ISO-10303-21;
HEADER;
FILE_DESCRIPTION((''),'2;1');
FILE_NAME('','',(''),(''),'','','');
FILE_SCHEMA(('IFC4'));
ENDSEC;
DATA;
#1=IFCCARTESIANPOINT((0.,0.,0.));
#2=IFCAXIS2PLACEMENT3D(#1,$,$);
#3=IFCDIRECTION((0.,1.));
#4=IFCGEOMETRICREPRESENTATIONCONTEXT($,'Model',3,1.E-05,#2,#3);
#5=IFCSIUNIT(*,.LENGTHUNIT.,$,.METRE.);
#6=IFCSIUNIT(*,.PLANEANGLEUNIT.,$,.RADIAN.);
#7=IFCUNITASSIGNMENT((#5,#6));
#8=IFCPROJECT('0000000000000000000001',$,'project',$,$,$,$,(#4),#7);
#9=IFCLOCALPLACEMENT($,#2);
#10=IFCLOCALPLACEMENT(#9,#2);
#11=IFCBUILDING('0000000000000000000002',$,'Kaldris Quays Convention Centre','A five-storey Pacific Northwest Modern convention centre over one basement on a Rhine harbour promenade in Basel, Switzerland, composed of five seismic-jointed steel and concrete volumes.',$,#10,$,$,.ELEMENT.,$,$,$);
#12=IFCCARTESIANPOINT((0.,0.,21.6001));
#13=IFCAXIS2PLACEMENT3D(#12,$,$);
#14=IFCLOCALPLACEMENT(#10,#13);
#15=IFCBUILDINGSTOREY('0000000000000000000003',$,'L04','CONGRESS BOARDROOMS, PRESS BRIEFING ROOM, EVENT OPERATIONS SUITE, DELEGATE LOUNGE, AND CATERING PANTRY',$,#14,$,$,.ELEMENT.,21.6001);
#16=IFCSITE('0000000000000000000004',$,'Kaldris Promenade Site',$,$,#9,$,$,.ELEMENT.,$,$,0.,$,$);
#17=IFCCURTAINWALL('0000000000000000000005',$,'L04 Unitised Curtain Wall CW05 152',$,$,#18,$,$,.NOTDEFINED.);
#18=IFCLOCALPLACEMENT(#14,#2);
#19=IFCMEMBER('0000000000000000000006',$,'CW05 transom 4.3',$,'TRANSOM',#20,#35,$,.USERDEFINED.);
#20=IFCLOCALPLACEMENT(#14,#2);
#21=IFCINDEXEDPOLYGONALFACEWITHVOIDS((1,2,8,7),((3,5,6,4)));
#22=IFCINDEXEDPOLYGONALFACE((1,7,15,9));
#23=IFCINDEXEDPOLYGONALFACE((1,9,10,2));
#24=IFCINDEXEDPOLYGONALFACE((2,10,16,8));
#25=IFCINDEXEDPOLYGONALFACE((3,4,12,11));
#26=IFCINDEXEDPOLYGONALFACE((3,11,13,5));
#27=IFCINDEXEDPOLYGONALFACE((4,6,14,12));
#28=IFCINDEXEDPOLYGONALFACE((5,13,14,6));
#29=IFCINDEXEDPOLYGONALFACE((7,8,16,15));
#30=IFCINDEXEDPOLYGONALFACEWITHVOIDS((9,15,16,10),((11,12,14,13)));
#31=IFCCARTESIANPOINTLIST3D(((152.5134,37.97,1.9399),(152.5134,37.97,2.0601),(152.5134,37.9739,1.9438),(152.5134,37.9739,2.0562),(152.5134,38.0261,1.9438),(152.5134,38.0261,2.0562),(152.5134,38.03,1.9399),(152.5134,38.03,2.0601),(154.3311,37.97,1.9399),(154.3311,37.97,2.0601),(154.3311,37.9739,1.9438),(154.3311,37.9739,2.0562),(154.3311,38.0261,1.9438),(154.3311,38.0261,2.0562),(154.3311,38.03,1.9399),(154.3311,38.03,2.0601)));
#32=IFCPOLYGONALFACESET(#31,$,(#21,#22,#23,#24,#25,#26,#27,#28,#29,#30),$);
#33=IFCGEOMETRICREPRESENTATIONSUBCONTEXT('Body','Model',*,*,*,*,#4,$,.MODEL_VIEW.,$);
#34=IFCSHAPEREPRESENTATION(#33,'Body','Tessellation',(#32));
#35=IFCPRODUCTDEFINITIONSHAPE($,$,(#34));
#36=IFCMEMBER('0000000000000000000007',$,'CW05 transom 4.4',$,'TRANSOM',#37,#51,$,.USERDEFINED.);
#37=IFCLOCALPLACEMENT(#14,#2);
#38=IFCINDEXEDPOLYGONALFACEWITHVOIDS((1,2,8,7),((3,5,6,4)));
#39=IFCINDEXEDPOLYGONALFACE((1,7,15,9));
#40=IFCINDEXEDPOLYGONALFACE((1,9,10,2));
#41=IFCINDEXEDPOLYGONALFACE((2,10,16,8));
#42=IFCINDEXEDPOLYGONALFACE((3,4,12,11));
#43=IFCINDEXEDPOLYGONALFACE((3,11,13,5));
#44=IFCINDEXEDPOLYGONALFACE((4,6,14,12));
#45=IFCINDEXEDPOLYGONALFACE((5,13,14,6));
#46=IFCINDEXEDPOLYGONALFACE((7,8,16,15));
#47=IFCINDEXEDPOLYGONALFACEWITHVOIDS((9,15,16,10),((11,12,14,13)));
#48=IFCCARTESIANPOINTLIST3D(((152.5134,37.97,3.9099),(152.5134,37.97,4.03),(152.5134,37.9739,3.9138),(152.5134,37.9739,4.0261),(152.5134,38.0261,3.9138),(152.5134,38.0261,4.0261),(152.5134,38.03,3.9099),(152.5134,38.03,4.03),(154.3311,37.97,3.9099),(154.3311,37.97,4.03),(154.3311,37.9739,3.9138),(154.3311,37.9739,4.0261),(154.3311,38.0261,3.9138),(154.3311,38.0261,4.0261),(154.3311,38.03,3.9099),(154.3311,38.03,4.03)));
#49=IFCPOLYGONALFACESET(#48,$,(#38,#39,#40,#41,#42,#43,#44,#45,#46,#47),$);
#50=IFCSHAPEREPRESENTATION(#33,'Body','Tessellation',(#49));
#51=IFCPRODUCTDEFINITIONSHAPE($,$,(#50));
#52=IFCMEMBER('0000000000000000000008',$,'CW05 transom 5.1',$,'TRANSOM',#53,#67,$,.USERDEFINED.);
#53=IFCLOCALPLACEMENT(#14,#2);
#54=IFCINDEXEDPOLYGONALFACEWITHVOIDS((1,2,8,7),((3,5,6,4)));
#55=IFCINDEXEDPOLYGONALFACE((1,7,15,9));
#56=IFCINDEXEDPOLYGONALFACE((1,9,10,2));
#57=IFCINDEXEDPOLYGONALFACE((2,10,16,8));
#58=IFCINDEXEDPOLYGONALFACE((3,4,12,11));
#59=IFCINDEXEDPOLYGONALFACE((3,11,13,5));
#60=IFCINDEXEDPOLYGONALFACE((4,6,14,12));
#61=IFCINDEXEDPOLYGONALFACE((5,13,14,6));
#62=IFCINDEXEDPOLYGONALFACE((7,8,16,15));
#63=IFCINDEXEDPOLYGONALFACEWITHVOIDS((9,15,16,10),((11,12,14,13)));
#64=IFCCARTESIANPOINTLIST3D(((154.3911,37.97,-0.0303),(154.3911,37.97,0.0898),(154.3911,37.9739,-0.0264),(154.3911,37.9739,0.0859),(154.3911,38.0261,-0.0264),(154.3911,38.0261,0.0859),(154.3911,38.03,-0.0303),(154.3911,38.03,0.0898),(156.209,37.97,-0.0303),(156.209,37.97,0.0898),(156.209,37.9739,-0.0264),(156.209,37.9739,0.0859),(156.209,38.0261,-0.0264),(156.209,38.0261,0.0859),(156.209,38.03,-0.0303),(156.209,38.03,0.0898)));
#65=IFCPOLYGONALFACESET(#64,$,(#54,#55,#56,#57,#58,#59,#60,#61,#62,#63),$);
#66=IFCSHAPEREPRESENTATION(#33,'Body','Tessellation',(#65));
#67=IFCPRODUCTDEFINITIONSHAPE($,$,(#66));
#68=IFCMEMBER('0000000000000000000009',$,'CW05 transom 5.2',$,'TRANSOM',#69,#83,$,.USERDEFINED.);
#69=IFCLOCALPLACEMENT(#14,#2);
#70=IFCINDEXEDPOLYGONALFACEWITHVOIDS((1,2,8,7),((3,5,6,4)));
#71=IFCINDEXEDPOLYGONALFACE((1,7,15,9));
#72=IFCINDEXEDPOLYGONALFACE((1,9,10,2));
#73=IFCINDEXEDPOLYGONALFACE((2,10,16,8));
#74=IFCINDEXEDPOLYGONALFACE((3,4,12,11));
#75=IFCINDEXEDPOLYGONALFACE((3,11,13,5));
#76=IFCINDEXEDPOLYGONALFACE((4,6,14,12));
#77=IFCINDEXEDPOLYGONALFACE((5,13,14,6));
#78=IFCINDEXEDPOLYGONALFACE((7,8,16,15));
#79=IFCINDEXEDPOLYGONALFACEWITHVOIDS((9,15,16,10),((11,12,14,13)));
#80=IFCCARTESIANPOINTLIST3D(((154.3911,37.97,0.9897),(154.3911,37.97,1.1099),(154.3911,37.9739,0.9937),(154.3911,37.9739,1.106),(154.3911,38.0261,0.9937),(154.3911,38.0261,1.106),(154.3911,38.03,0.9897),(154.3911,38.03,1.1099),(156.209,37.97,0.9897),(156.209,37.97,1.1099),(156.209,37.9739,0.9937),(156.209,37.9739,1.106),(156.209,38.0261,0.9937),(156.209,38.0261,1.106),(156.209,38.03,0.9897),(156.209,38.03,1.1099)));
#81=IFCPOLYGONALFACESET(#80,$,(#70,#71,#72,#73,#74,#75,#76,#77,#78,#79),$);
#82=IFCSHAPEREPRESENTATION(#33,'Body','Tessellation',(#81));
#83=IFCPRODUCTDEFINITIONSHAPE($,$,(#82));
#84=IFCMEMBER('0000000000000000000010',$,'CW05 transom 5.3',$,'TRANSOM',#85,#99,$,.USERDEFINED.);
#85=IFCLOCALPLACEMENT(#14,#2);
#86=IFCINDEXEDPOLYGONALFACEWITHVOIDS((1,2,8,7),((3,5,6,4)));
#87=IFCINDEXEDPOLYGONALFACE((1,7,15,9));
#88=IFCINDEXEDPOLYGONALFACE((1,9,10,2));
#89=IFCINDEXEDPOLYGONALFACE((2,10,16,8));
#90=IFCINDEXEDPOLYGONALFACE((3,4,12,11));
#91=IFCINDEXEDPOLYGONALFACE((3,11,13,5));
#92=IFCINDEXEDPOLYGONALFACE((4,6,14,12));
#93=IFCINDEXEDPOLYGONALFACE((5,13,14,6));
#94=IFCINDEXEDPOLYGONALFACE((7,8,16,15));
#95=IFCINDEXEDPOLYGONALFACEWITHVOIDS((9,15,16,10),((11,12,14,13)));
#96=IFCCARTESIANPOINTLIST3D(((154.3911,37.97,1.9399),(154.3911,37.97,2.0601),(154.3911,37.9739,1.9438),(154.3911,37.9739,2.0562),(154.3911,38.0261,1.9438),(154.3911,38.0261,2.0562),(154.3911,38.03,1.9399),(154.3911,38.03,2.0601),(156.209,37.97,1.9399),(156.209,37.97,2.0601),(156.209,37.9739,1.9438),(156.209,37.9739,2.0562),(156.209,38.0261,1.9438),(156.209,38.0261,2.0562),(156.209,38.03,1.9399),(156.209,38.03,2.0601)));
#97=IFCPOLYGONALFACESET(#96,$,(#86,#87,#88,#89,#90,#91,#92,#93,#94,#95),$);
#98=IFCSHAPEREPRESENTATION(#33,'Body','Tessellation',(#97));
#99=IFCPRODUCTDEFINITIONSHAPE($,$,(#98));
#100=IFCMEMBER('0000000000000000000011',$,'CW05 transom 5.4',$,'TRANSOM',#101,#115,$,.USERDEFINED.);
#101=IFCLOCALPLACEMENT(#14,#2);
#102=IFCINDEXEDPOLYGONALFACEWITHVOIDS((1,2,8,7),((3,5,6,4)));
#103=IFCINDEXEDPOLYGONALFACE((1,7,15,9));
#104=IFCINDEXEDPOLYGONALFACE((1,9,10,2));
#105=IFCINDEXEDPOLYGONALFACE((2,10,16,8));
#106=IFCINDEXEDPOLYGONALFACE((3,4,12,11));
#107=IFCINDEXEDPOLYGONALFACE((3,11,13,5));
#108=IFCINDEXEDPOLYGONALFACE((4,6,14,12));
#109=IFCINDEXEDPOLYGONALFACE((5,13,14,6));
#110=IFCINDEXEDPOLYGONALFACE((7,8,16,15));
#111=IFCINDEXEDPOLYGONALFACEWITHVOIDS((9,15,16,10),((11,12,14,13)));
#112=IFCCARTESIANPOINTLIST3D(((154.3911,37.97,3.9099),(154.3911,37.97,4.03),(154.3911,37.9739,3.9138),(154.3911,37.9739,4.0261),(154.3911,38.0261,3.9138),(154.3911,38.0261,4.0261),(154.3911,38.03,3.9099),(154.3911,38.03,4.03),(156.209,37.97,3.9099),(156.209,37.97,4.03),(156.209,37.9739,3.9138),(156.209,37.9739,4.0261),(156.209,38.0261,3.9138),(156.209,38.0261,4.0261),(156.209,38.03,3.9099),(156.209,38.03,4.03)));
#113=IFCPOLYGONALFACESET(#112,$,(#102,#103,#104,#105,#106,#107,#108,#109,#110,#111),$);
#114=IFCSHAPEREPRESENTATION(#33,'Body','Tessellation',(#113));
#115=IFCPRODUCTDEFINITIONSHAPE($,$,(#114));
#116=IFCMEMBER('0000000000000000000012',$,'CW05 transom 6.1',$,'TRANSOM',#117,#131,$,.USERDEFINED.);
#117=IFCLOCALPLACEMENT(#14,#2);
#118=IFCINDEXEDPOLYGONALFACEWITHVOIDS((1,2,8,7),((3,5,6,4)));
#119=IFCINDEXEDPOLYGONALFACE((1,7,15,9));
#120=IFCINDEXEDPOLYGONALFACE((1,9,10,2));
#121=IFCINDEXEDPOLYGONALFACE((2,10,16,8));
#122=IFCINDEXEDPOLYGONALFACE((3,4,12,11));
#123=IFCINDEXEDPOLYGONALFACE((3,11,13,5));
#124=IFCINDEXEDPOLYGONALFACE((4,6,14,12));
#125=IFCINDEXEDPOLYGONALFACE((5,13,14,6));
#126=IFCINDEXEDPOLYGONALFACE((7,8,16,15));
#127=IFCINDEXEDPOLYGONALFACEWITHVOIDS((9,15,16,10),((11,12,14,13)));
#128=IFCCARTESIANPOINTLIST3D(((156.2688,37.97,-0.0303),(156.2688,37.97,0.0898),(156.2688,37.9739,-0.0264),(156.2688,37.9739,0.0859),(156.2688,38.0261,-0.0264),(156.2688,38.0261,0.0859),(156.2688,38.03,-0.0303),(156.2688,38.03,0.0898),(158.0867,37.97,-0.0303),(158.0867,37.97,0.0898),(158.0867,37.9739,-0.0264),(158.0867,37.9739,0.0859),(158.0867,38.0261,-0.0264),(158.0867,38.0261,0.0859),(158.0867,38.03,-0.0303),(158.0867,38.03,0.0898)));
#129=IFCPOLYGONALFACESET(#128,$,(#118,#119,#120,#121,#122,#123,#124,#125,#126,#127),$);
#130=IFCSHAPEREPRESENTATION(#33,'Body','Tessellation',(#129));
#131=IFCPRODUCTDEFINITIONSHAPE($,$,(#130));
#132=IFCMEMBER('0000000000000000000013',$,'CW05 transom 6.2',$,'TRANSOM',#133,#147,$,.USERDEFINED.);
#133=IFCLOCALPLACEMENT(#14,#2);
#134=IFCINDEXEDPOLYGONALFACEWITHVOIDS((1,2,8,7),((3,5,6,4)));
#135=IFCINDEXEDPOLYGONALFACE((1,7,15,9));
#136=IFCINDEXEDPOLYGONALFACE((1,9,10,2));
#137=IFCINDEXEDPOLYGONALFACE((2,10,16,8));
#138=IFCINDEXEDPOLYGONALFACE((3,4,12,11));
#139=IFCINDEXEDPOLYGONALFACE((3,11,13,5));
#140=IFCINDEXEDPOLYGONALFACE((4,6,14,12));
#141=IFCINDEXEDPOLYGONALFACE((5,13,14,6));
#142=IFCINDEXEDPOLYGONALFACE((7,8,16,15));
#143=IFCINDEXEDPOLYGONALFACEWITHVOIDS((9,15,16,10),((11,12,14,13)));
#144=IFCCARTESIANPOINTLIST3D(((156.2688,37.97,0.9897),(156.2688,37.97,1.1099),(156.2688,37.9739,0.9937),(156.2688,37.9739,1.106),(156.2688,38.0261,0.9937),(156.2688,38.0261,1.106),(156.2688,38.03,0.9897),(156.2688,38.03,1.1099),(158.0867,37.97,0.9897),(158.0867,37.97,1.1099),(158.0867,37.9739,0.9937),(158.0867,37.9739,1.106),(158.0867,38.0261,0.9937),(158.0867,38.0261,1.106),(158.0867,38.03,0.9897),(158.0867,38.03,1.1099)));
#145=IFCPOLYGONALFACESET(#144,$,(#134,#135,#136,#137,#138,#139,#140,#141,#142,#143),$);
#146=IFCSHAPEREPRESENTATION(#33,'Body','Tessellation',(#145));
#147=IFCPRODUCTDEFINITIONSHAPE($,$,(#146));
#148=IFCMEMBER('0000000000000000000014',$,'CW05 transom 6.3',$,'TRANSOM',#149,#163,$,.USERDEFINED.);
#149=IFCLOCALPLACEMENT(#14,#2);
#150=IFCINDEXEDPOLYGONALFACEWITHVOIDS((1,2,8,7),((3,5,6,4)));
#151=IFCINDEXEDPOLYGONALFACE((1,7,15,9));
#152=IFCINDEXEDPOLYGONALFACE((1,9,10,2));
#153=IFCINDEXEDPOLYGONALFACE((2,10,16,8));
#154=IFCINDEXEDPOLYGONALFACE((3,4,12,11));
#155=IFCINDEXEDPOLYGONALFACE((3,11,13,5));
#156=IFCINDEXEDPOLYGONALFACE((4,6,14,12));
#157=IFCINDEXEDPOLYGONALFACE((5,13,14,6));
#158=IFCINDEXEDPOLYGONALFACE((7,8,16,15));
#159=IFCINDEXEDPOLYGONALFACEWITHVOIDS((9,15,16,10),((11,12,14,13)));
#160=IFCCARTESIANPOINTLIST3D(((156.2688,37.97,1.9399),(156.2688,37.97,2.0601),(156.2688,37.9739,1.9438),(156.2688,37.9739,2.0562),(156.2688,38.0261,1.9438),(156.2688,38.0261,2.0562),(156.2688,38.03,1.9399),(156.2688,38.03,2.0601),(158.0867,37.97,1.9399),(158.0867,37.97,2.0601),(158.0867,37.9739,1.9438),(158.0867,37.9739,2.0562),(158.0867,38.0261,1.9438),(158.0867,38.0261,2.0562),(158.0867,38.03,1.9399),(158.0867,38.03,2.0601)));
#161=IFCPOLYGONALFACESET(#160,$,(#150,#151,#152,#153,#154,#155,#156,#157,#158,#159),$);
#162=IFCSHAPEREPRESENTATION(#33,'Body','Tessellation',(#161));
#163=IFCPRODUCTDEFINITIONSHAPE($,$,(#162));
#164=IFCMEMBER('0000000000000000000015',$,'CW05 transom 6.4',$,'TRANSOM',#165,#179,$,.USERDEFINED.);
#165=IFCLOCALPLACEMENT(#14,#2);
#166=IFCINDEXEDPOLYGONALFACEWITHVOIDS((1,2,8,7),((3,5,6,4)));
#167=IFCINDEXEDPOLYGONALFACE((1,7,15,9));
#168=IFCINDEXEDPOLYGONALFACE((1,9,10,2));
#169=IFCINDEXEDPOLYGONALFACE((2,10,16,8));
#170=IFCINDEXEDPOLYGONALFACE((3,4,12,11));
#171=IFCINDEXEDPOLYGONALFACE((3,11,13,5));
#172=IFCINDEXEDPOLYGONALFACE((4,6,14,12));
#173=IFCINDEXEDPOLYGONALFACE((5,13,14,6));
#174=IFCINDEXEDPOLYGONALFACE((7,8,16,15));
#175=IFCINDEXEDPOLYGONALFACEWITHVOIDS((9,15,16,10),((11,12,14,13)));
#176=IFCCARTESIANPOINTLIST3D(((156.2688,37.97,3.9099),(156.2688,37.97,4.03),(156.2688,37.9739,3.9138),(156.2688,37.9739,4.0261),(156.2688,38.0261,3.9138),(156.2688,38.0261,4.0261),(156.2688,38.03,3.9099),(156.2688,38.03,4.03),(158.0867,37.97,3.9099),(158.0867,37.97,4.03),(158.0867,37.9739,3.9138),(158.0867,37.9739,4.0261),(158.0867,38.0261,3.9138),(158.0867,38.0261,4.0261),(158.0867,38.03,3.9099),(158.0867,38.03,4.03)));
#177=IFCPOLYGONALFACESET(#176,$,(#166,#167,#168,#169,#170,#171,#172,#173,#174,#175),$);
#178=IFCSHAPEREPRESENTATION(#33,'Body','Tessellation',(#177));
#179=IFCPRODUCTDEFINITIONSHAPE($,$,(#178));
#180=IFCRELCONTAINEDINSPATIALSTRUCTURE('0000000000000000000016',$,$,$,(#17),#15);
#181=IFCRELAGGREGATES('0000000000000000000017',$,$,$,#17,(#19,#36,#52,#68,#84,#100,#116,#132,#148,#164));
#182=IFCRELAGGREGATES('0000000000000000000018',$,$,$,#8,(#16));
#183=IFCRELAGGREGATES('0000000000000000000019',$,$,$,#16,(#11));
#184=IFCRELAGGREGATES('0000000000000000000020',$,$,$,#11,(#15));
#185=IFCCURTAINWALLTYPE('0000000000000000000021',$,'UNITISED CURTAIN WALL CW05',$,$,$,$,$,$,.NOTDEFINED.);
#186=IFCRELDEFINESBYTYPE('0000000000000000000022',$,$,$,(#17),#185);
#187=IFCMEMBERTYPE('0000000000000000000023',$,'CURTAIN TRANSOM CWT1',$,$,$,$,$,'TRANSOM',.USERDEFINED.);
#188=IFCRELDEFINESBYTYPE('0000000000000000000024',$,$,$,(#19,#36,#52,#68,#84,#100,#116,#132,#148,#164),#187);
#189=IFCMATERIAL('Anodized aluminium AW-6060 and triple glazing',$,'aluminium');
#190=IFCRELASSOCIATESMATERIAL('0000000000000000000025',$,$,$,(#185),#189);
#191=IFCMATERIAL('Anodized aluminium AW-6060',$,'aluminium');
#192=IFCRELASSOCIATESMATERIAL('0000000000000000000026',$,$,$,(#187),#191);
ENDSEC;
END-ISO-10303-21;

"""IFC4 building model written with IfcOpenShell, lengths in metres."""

from ifc_helpers import new_model, si_unit, direction, frame, origin, origin_2d, place, context, subcontext, project, spatial, hollow_rectangle, extrude, material, material_profile, profile_set, type_object, element, aggregate, save


model = new_model("IFC4")

# Units and contexts
model_context = context("Model", 3, precision=1e-05, world=origin(), true_north=direction((0.0, 1.0)))
body_context = subcontext(model_context, "Body", "Model", "MODEL_VIEW")
ifc_project = project(units=[si_unit("LENGTHUNIT", "METRE"), si_unit("PLANEANGLEUNIT", "RADIAN")], contexts=[model_context])

# Site, building, storey
site_placement = place(None, origin())
site = spatial("IfcSite", under=ifc_project, at=site_placement, Name="Kaldris Promenade Site", CompositionType="ELEMENT", RefElevation=0.0)
building_placement = place(site_placement, origin())
building = spatial("IfcBuilding", under=site, at=building_placement, Name="Kaldris Quays Convention Centre", Description="A five-storey Pacific Northwest Modern convention centre over one basement on a Rhine harbour promenade in Basel, Switzerland, composed of five seismic-jointed steel and concrete volumes.", CompositionType="ELEMENT")
storey_placement = place(building_placement, frame((0.0, 0.0, 21.6001)))
storey = spatial("IfcBuildingStorey", under=building, at=storey_placement, Name="L04", Description="CONGRESS BOARDROOMS, PRESS BRIEFING ROOM, EVENT OPERATIONS SUITE, DELEGATE LOUNGE, AND CATERING PANTRY", CompositionType="ELEMENT", Elevation=21.6001)

# Curtain wall, members
ifc_material_1 = material(Name="Anodized aluminium AW-6060 and triple glazing", Category="aluminium")
curtain_wall_type = type_object("IfcCurtainWallType", Name="UNITISED CURTAIN WALL CW05", PredefinedType="NOTDEFINED", material=ifc_material_1)
curtain_wall_placement = place(storey_placement, origin())
curtain_wall = element("IfcCurtainWall", 1, at=curtain_wall_placement, inside=storey, type_object=curtain_wall_type, Name="L04 Unitised Curtain Wall CW05 152", PredefinedType="NOTDEFINED")
ifc_material_2 = material(Name="Anodized aluminium AW-6060", Category="aluminium")
ifc_material_profile_1 = material_profile(ifc_material_2, hollow_rectangle(XDim=0.0601, YDim=0.1201, WallThickness=0.0039, at=origin_2d()), Name="RHS 120x60x4")
ifc_profile_set_1 = profile_set([ifc_material_profile_1], Name="Anodized aluminium AW-6060")
member_type_1 = type_object("IfcMemberType", Name="CURTAIN TRANSOM CWT1", ElementType="TRANSOM", PredefinedType="USERDEFINED", material=ifc_profile_set_1)
member_1_placement = place(storey_placement, frame((152.5134, 38.0, 2.0), z_axis=(1.0, 0.0, 0.0), x_axis=(0.0, 1.0, 0.0)))
member_1 = element("IfcMember", 2, at=member_1_placement, type_object=member_type_1, Name="CW05 transom 4.3", ObjectType="TRANSOM", PredefinedType="USERDEFINED", context=body_context, shape_type="SweptSolid", body=[
    extrude(hollow_rectangle(XDim=0.0601, YDim=0.1201, WallThickness=0.0039, at=origin_2d()), origin(), (0.0, 0.0, 1.0), 1.8176),
])
member_2_placement = place(storey_placement, frame((152.5134, 38.0, 3.97), z_axis=(1.0, 0.0, 0.0), x_axis=(0.0, 1.0, 0.0)))
member_2 = element("IfcMember", 3, at=member_2_placement, type_object=member_type_1, Name="CW05 transom 4.4", ObjectType="TRANSOM", PredefinedType="USERDEFINED", context=body_context, shape_type="SweptSolid", body=[
    extrude(hollow_rectangle(XDim=0.0601, YDim=0.1201, WallThickness=0.0039, at=origin_2d()), origin(), (0.0, 0.0, 1.0), 1.8176),
])
member_3_placement = place(storey_placement, frame((154.3911, 38.0, 0.0298), z_axis=(1.0, 0.0, 0.0), x_axis=(0.0, 1.0, 0.0)))
member_3 = element("IfcMember", 4, at=member_3_placement, type_object=member_type_1, Name="CW05 transom 5.1", ObjectType="TRANSOM", PredefinedType="USERDEFINED", context=body_context, shape_type="SweptSolid", body=[
    extrude(hollow_rectangle(XDim=0.0601, YDim=0.1201, WallThickness=0.0039, at=origin_2d()), origin(), (0.0, 0.0, 1.0), 1.8179),
])
member_4_placement = place(storey_placement, frame((154.3911, 38.0, 1.0498), z_axis=(1.0, 0.0, 0.0), x_axis=(0.0, 1.0, 0.0)))
member_4 = element("IfcMember", 5, at=member_4_placement, type_object=member_type_1, Name="CW05 transom 5.2", ObjectType="TRANSOM", PredefinedType="USERDEFINED", context=body_context, shape_type="SweptSolid", body=[
    extrude(hollow_rectangle(XDim=0.0601, YDim=0.1201, WallThickness=0.0039, at=origin_2d()), origin(), (0.0, 0.0, 1.0), 1.8179),
])
member_5_placement = place(storey_placement, frame((154.3911, 38.0, 2.0), z_axis=(1.0, 0.0, 0.0), x_axis=(0.0, 1.0, 0.0)))
member_5 = element("IfcMember", 6, at=member_5_placement, type_object=member_type_1, Name="CW05 transom 5.3", ObjectType="TRANSOM", PredefinedType="USERDEFINED", context=body_context, shape_type="SweptSolid", body=[
    extrude(hollow_rectangle(XDim=0.0601, YDim=0.1201, WallThickness=0.0039, at=origin_2d()), origin(), (0.0, 0.0, 1.0), 1.8179),
])
member_6_placement = place(storey_placement, frame((154.3911, 38.0, 3.97), z_axis=(1.0, 0.0, 0.0), x_axis=(0.0, 1.0, 0.0)))
member_6 = element("IfcMember", 7, at=member_6_placement, type_object=member_type_1, Name="CW05 transom 5.4", ObjectType="TRANSOM", PredefinedType="USERDEFINED", context=body_context, shape_type="SweptSolid", body=[
    extrude(hollow_rectangle(XDim=0.0601, YDim=0.1201, WallThickness=0.0039, at=origin_2d()), origin(), (0.0, 0.0, 1.0), 1.8179),
])
member_7_placement = place(storey_placement, frame((156.2688, 38.0, 0.0298), z_axis=(1.0, 0.0, 0.0), x_axis=(0.0, 1.0, 0.0)))
member_7 = element("IfcMember", 8, at=member_7_placement, type_object=member_type_1, Name="CW05 transom 6.1", ObjectType="TRANSOM", PredefinedType="USERDEFINED", context=body_context, shape_type="SweptSolid", body=[
    extrude(hollow_rectangle(XDim=0.0601, YDim=0.1201, WallThickness=0.0039, at=origin_2d()), origin(), (0.0, 0.0, 1.0), 1.8179),
])
member_8_placement = place(storey_placement, frame((156.2688, 38.0, 1.0498), z_axis=(1.0, 0.0, 0.0), x_axis=(0.0, 1.0, 0.0)))
member_8 = element("IfcMember", 9, at=member_8_placement, type_object=member_type_1, Name="CW05 transom 6.2", ObjectType="TRANSOM", PredefinedType="USERDEFINED", context=body_context, shape_type="SweptSolid", body=[
    extrude(hollow_rectangle(XDim=0.0601, YDim=0.1201, WallThickness=0.0039, at=origin_2d()), origin(), (0.0, 0.0, 1.0), 1.8179),
])
member_9_placement = place(storey_placement, frame((156.2688, 38.0, 2.0), z_axis=(1.0, 0.0, 0.0), x_axis=(0.0, 1.0, 0.0)))
member_9 = element("IfcMember", 10, at=member_9_placement, type_object=member_type_1, Name="CW05 transom 6.3", ObjectType="TRANSOM", PredefinedType="USERDEFINED", context=body_context, shape_type="SweptSolid", body=[
    extrude(hollow_rectangle(XDim=0.0601, YDim=0.1201, WallThickness=0.0039, at=origin_2d()), origin(), (0.0, 0.0, 1.0), 1.8179),
])
member_10_placement = place(storey_placement, frame((156.2688, 38.0, 3.97), z_axis=(1.0, 0.0, 0.0), x_axis=(0.0, 1.0, 0.0)))
member_10 = element("IfcMember", 11, at=member_10_placement, type_object=member_type_1, Name="CW05 transom 6.4", ObjectType="TRANSOM", PredefinedType="USERDEFINED", context=body_context, shape_type="SweptSolid", body=[
    extrude(hollow_rectangle(XDim=0.0601, YDim=0.1201, WallThickness=0.0039, at=origin_2d()), origin(), (0.0, 0.0, 1.0), 1.8179),
])

aggregate(curtain_wall, [member_1, member_2, member_3, member_4, member_5, member_6, member_7, member_8, member_9, member_10])

save(model, "model.ifc")
